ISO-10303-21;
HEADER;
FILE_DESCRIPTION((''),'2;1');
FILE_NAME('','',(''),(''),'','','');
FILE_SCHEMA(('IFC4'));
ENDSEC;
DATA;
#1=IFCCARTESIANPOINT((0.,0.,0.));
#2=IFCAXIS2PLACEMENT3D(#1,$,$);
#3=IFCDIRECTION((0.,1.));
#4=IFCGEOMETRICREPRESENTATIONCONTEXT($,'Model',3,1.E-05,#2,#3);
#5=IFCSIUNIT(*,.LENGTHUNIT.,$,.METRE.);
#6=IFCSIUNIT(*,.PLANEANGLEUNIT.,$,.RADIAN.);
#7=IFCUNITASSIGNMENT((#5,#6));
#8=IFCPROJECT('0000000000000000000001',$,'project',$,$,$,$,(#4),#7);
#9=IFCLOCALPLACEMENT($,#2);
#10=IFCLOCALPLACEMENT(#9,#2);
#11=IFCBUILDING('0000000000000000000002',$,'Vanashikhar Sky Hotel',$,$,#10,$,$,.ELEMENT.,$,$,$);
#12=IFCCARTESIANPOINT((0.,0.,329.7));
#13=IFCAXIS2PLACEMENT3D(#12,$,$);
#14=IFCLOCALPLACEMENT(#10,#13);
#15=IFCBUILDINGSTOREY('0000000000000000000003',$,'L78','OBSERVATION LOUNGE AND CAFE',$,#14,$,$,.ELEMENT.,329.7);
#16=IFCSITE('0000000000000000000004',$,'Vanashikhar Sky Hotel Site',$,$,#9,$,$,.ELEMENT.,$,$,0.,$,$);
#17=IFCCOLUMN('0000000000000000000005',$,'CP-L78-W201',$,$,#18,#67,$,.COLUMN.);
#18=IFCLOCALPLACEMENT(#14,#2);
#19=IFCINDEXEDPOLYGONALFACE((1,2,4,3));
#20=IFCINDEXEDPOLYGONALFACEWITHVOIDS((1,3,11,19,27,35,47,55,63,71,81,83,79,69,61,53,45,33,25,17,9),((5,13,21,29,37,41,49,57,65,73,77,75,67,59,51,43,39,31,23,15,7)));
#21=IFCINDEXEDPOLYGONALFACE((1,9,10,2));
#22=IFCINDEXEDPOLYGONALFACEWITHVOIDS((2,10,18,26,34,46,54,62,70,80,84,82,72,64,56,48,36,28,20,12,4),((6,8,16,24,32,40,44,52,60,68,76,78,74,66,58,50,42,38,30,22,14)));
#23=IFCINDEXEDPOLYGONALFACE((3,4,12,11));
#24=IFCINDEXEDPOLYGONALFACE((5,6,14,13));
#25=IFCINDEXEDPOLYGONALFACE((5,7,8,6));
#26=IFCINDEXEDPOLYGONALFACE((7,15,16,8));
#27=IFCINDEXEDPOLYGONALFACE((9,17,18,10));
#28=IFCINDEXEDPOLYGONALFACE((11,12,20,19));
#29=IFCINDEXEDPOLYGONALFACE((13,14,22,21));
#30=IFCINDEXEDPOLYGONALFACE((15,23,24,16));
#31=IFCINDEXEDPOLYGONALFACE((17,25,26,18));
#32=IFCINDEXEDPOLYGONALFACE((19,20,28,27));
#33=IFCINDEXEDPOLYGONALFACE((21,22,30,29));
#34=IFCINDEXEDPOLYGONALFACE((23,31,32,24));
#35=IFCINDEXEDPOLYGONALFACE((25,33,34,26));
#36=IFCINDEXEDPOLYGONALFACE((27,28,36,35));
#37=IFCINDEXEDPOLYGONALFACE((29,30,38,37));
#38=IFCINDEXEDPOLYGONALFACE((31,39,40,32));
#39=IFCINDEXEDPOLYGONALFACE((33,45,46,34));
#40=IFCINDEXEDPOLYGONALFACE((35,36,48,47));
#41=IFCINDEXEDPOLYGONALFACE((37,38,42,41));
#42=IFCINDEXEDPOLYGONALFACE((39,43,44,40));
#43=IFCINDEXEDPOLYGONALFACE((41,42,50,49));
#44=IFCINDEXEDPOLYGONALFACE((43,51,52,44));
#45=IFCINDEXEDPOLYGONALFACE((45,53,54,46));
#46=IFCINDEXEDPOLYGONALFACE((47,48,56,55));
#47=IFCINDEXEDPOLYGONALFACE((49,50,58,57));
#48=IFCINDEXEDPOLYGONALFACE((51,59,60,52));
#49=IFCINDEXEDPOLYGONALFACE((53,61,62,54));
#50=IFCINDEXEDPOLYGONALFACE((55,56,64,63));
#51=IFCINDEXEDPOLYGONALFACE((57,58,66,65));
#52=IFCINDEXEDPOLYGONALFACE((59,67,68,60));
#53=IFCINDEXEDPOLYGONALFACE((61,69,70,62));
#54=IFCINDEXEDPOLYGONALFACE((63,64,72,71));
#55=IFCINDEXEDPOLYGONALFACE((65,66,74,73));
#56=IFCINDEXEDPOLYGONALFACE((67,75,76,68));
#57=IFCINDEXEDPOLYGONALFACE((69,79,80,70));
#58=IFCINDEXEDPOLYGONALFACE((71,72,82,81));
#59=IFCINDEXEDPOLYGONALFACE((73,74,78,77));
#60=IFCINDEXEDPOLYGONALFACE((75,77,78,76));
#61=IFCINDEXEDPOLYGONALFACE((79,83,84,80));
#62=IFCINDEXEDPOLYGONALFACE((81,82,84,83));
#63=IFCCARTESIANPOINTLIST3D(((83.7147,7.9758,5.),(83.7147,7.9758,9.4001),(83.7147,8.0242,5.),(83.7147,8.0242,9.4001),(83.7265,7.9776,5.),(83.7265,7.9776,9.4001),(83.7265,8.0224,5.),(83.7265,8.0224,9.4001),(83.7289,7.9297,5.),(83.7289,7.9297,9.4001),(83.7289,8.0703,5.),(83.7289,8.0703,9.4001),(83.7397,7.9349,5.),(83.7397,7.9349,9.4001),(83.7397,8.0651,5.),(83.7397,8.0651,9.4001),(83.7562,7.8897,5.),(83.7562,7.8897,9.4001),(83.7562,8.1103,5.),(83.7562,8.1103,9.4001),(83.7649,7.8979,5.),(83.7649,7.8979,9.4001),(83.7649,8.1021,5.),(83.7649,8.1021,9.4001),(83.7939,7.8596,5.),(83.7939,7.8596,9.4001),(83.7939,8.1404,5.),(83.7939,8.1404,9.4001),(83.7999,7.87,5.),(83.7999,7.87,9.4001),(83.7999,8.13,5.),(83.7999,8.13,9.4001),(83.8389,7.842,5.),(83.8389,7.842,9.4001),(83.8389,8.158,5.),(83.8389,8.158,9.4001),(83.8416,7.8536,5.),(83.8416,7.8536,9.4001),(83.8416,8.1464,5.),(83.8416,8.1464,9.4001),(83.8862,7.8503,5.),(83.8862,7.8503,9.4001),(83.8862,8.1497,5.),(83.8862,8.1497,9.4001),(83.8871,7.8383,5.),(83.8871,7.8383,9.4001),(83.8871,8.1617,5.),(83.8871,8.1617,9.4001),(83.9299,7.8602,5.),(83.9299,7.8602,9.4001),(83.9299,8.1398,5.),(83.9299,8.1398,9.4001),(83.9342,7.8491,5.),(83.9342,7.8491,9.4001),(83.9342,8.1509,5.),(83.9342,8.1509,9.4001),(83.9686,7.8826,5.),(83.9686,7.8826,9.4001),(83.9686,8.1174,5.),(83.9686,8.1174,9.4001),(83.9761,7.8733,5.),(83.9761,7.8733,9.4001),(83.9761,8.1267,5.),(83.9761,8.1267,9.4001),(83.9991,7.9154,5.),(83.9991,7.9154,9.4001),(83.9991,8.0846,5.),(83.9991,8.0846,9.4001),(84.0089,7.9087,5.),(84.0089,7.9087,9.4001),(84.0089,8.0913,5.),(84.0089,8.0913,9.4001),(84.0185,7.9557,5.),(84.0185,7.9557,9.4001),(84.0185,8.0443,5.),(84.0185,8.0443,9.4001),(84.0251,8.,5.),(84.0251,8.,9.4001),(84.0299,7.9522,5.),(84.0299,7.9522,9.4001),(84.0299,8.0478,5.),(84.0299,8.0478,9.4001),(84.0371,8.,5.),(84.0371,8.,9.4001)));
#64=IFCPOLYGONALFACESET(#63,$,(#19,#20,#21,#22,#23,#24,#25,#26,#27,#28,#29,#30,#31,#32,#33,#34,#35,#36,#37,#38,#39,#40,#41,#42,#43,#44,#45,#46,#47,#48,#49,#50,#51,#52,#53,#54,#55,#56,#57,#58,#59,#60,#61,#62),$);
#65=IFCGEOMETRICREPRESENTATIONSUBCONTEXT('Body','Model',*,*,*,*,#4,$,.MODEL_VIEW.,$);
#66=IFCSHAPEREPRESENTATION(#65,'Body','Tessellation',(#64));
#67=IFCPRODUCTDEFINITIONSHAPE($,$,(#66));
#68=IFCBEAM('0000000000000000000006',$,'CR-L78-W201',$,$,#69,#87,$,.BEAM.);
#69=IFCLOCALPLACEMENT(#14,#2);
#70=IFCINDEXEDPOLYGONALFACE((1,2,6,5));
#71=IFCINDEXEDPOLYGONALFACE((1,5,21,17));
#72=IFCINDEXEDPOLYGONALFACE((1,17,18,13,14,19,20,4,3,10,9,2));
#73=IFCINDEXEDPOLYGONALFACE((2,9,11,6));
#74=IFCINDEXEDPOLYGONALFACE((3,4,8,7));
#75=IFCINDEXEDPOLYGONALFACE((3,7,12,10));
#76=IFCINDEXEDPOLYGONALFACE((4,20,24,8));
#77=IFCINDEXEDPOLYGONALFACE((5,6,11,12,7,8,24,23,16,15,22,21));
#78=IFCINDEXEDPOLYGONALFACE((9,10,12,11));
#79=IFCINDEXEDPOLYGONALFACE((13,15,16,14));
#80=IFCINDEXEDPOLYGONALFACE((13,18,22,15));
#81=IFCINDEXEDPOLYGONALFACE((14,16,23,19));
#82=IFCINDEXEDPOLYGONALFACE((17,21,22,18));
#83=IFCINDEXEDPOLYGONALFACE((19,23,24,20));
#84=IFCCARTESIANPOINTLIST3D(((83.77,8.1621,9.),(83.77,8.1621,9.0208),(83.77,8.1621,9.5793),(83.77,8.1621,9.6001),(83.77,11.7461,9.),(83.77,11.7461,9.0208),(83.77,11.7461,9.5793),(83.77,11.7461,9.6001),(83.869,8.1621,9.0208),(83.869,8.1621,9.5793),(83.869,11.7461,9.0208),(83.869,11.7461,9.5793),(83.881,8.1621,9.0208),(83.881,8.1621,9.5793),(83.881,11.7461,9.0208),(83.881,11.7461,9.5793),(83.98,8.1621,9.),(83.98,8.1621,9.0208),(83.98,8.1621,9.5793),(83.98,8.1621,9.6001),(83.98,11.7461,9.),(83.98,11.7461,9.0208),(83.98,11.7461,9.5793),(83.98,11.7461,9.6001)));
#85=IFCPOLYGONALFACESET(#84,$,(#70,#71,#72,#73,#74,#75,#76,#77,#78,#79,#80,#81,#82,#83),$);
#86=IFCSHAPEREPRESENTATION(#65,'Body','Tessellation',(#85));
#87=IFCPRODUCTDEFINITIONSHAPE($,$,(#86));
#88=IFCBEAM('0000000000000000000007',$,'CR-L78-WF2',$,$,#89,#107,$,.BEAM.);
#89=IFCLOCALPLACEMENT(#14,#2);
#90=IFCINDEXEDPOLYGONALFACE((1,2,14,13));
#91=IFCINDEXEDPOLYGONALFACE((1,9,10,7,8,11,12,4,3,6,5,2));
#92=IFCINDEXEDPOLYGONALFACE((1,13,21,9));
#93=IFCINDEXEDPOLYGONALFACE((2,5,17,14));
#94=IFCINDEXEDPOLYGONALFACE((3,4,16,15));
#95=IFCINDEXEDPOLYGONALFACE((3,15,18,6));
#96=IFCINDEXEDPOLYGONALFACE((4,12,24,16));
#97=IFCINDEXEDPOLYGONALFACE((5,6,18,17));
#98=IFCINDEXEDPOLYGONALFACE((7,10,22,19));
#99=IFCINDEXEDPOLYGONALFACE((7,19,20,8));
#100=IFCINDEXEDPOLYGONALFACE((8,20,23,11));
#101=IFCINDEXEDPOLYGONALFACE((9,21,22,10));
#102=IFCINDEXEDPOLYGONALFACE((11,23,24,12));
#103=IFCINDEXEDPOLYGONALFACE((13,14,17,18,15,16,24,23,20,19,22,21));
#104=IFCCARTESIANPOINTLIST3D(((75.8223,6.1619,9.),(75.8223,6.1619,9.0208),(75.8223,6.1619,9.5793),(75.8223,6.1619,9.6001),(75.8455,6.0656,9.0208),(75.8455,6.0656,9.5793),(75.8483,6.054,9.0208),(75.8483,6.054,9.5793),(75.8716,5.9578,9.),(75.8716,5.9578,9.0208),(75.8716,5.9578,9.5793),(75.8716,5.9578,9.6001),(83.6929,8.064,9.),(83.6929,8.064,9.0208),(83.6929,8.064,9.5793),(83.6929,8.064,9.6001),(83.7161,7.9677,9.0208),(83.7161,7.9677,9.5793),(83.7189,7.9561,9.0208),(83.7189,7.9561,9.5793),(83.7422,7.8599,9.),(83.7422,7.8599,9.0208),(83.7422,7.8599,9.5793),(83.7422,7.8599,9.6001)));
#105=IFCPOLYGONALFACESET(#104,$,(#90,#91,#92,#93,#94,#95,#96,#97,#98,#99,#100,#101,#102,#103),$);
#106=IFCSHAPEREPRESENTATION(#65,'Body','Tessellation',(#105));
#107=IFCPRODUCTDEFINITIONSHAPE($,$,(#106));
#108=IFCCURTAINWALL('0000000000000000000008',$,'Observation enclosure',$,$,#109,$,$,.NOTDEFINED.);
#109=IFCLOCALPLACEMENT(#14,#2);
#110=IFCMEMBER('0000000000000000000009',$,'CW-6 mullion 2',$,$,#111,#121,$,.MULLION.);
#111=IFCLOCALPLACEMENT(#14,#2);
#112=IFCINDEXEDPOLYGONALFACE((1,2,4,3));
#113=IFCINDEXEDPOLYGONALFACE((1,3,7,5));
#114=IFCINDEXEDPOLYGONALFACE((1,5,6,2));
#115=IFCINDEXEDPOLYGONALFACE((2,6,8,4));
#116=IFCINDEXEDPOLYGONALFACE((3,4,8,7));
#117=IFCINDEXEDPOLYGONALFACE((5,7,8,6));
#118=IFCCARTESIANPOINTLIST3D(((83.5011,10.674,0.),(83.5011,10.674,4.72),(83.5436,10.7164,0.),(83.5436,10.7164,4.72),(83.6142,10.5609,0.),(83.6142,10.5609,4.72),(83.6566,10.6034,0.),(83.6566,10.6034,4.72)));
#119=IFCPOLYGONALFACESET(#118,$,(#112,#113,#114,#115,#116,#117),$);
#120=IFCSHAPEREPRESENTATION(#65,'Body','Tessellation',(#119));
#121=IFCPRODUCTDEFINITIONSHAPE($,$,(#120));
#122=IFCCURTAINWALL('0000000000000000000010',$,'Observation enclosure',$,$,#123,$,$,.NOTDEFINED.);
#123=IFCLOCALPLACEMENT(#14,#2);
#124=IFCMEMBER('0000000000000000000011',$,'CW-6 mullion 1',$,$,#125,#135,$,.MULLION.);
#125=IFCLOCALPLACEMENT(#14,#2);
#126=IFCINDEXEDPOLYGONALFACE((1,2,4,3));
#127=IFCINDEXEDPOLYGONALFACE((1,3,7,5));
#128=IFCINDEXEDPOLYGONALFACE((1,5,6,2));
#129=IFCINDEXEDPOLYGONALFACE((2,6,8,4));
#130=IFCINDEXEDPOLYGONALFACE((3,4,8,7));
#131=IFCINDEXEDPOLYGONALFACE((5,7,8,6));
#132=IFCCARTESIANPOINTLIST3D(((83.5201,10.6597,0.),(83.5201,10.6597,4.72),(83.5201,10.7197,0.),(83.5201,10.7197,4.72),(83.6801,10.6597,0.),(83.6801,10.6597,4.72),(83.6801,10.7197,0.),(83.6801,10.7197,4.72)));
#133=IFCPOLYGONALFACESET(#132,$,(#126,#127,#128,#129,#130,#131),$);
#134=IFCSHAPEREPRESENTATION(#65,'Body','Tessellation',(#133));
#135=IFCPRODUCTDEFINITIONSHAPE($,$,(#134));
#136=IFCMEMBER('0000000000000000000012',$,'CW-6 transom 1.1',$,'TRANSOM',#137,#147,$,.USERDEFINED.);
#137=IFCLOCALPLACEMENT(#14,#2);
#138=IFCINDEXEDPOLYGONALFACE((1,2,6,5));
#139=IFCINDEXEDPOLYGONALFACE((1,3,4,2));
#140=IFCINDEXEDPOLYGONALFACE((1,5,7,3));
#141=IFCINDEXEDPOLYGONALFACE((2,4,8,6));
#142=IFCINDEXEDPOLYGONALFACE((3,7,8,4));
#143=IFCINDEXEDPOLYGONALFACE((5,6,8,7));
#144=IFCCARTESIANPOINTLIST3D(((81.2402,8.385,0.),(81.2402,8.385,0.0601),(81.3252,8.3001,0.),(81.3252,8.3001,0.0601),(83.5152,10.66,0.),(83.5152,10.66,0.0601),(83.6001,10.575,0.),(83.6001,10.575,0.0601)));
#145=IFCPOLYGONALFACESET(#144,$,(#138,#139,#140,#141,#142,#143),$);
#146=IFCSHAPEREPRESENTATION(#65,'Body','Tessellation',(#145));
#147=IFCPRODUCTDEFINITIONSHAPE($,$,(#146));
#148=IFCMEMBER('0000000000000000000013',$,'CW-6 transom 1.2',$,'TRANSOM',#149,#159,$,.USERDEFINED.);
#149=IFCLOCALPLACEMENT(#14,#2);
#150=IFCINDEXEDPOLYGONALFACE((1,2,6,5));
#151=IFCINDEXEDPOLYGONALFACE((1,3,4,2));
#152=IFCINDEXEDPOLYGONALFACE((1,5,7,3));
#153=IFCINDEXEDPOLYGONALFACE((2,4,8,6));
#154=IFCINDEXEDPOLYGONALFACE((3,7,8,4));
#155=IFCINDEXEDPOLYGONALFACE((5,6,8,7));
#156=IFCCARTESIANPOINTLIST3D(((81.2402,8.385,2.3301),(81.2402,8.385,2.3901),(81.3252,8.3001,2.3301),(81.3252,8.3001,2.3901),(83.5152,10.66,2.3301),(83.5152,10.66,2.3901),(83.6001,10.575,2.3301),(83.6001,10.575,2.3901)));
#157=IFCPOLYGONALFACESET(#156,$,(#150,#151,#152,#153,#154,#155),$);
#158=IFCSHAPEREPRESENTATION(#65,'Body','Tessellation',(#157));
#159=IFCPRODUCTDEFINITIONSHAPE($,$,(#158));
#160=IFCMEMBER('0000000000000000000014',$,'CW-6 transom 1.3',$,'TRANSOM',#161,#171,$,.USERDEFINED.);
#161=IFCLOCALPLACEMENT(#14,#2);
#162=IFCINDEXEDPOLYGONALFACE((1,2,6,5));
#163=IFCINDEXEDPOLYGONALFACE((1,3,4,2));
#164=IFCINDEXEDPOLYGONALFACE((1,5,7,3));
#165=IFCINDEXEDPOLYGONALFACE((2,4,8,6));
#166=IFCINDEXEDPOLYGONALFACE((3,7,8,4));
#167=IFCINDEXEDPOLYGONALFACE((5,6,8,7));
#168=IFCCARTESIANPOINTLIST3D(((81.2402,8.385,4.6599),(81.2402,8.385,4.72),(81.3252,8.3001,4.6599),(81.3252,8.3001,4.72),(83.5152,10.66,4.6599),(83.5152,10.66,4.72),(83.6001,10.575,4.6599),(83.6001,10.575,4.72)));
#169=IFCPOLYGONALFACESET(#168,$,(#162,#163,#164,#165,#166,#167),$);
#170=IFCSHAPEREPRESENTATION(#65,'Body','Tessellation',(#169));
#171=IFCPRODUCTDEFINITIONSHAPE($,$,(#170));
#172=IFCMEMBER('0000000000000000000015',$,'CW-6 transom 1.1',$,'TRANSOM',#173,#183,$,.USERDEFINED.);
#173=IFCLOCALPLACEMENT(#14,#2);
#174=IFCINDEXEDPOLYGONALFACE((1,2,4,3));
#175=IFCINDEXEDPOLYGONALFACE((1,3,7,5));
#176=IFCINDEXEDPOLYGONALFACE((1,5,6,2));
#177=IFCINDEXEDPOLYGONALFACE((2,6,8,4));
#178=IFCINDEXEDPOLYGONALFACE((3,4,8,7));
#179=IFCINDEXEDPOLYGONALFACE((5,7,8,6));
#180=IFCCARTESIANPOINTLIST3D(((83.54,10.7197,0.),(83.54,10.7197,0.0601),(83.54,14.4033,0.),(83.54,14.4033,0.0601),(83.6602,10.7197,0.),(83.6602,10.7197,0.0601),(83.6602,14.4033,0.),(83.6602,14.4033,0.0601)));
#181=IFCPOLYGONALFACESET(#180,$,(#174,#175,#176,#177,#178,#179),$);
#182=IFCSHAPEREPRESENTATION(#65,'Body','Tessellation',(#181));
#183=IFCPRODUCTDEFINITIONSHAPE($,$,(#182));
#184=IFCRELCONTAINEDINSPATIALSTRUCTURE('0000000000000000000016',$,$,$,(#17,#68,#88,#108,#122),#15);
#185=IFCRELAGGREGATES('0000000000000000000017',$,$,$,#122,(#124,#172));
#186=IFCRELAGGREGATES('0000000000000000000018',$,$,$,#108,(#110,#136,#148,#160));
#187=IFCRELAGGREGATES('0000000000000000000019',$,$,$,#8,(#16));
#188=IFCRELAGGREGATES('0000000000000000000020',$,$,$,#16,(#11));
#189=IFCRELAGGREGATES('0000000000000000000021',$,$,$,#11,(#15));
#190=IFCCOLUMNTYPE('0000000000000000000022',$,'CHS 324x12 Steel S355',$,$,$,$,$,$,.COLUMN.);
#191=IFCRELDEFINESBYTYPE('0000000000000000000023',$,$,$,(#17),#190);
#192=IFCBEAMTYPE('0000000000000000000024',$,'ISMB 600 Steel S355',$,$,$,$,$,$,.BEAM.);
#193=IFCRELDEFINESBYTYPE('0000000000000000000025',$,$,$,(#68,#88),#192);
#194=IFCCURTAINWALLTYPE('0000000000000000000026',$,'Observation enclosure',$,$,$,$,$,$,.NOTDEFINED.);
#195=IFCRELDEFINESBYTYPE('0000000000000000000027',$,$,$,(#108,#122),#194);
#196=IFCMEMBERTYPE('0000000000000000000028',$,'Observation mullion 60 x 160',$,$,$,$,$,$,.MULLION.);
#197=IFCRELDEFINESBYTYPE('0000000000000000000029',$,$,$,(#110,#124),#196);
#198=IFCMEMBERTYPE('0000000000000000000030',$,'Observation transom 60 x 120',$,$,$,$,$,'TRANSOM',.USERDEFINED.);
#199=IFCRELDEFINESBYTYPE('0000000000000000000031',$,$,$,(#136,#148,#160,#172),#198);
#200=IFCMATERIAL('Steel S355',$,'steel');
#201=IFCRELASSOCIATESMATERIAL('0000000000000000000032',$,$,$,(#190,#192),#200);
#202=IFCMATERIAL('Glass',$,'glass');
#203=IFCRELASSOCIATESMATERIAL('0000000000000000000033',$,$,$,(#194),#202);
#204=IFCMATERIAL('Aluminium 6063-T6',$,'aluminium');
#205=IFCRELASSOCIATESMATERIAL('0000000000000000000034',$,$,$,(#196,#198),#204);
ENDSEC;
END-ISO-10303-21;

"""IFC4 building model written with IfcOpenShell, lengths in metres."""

from ifc_helpers import new_model, si_unit, direction, frame, origin, origin_2d, place, context, subcontext, project, spatial, rectangle, hollow_circle, i_section, extrude, source, transform, mapped, material, material_profile, profile_set, type_object, element, aggregate, save


model = new_model("IFC4")

# Units and contexts
model_context = context("Model", 3, precision=1e-05, world=origin(), true_north=direction((0.0, 1.0)))
body_context = subcontext(model_context, "Body", "Model", "MODEL_VIEW")
ifc_project = project(units=[si_unit("LENGTHUNIT", "METRE"), si_unit("PLANEANGLEUNIT", "RADIAN")], contexts=[model_context])

# Site, building, storey
site_placement = place(None, origin())
site = spatial("IfcSite", under=ifc_project, at=site_placement, Name="Vanashikhar Sky Hotel Site", CompositionType="ELEMENT", RefElevation=0.0)
building_placement = place(site_placement, origin())
building = spatial("IfcBuilding", under=site, at=building_placement, Name="Vanashikhar Sky Hotel", CompositionType="ELEMENT")
storey_placement = place(building_placement, frame((0.0, 0.0, 329.7)))
storey = spatial("IfcBuildingStorey", under=building, at=storey_placement, Name="L78", Description="OBSERVATION LOUNGE AND CAFE", CompositionType="ELEMENT", Elevation=329.7)

# Column
ifc_material_1 = material(Name="Steel S355", Category="steel")
ifc_material_profile_1 = material_profile(ifc_material_1, hollow_circle(Radius=0.1621, WallThickness=0.012, at=origin_2d()))
ifc_profile_set_1 = profile_set([ifc_material_profile_1], Name="CHS 324x12 Steel S355")
column_type = type_object("IfcColumnType", Name="CHS 324x12 Steel S355", PredefinedType="COLUMN", material=ifc_profile_set_1)
shared_shape_1 = source(origin(), body_context, "Body", "SweptSolid", [
    extrude(hollow_circle(Radius=0.1621, WallThickness=0.012, at=origin_2d()), origin(), (0.0, 0.0, 1.0), 4.4001),
])
column_placement = place(storey_placement, frame((83.875, 8.0, 5.0), z_axis=(0.0, 0.0, 1.0), x_axis=(1.0, 0.0, 0.0)))
element("IfcColumn", 1, at=column_placement, inside=storey, type_object=column_type, Name="CP-L78-W201", PredefinedType="COLUMN", context=body_context, shape_type="MappedRepresentation", body=[
    mapped(shared_shape_1, transform((0.0, 0.0, 0.0), scale=1.0)),
])

# Beams
ifc_material_profile_2 = material_profile(ifc_material_1, i_section(OverallWidth=0.21, OverallDepth=0.6001, WebThickness=0.012, FlangeThickness=0.0208, at=origin_2d()), Name="ISMB 600")
ifc_profile_set_2 = profile_set([ifc_material_profile_2], Name="Steel S355")
beam_type = type_object("IfcBeamType", Name="ISMB 600 Steel S355", PredefinedType="BEAM", material=ifc_profile_set_2)
shared_shape_2 = source(origin(), body_context, "Body", "SweptSolid", [
    extrude(i_section(OverallWidth=0.21, OverallDepth=0.6001, WebThickness=0.012, FlangeThickness=0.0208, at=origin_2d()), origin(), (0.0, 0.0, 1.0), 3.584),
])
beam_1_placement = place(storey_placement, frame((83.875, 8.1621, 9.3), z_axis=(0.0, 1.0, 0.0), x_axis=(-1.0, 0.0, 0.0)))
element("IfcBeam", 2, at=beam_1_placement, inside=storey, type_object=beam_type, Name="CR-L78-W201", PredefinedType="BEAM", context=body_context, shape_type="MappedRepresentation", body=[
    mapped(shared_shape_2, transform((0.0, 0.0, 0.0), scale=1.0)),
])
shared_shape_3 = source(origin(), body_context, "Body", "SweptSolid", [
    extrude(i_section(OverallWidth=0.21, OverallDepth=0.6001, WebThickness=0.012, FlangeThickness=0.0208, at=origin_2d()), origin(), (0.0, 0.0, 1.0), 8.0972),
])
beam_2_placement = place(storey_placement, frame((83.7175, 7.9619, 9.3), z_axis=(-0.972017, -0.234909, 0.0), x_axis=(0.234909, -0.972017, 0.0)))
element("IfcBeam", 3, at=beam_2_placement, inside=storey, type_object=beam_type, Name="CR-L78-WF2", PredefinedType="BEAM", context=body_context, shape_type="MappedRepresentation", body=[
    mapped(shared_shape_3, transform((0.0, 0.0, 0.0), scale=1.0)),
])

# Curtain walls, members
ifc_material_2 = material(Name="Glass", Category="glass")
curtain_wall_type = type_object("IfcCurtainWallType", Name="Observation enclosure", PredefinedType="NOTDEFINED", material=ifc_material_2)
curtain_wall_1_placement = place(storey_placement, origin())
curtain_wall_1 = element("IfcCurtainWall", 4, at=curtain_wall_1_placement, inside=storey, type_object=curtain_wall_type, Name="Observation enclosure", PredefinedType="NOTDEFINED")
ifc_material_3 = material(Name="Aluminium 6063-T6", Category="aluminium")
ifc_material_profile_3 = material_profile(ifc_material_3, rectangle(XDim=0.1599, YDim=0.0601, at=origin_2d()))
ifc_profile_set_3 = profile_set([ifc_material_profile_3], Name="Aluminium 6063-T6")
member_type_1 = type_object("IfcMemberType", Name="Observation mullion 60 x 160", PredefinedType="MULLION", material=ifc_profile_set_3)
shared_shape_4 = source(origin(), body_context, "Body", "SweptSolid", [
    extrude(rectangle(XDim=0.1599, YDim=0.0601, at=origin_2d()), origin(), (0.0, 0.0, 1.0), 4.72),
])
member_1_placement = place(storey_placement, frame((83.5789, 10.6387, 0.0), z_axis=(0.0, 0.0, 1.0), x_axis=(-0.707107, 0.707107, 0.0)))
member_1 = element("IfcMember", 5, at=member_1_placement, type_object=member_type_1, Name="CW-6 mullion 2", PredefinedType="MULLION", context=body_context, shape_type="MappedRepresentation", body=[
    mapped(shared_shape_4, transform((0.0, 0.0, 0.0), scale=1.0)),
])
curtain_wall_2_placement = place(storey_placement, origin())
curtain_wall_2 = element("IfcCurtainWall", 6, at=curtain_wall_2_placement, inside=storey, type_object=curtain_wall_type, Name="Observation enclosure", PredefinedType="NOTDEFINED")
member_2_placement = place(storey_placement, frame((83.6001, 10.6897, 0.0), z_axis=(0.0, 0.0, 1.0), x_axis=(-1.0, 0.0, 0.0)))
member_2 = element("IfcMember", 7, at=member_2_placement, type_object=member_type_1, Name="CW-6 mullion 1", PredefinedType="MULLION", context=body_context, shape_type="MappedRepresentation", body=[
    mapped(shared_shape_4, transform((0.0, 0.0, 0.0), scale=1.0)),
])

# Members
ifc_material_profile_4 = material_profile(ifc_material_3, rectangle(XDim=0.1201, YDim=0.0601, at=origin_2d()))
ifc_profile_set_4 = profile_set([ifc_material_profile_4], Name="Aluminium 6063-T6")
member_type_2 = type_object("IfcMemberType", Name="Observation transom 60 x 120", ElementType="TRANSOM", PredefinedType="USERDEFINED", material=ifc_profile_set_4)
shared_shape_5 = source(origin(), body_context, "Body", "SweptSolid", [
    extrude(rectangle(XDim=0.1201, YDim=0.0601, at=origin_2d()), origin(), (0.0, 0.0, 1.0), 3.2173),
])
member_3_placement = place(storey_placement, frame((81.2827, 8.3425, 0.03), z_axis=(0.707107, 0.707107, 0.0), x_axis=(-0.707107, 0.707107, 0.0)))
member_3 = element("IfcMember", 8, at=member_3_placement, type_object=member_type_2, Name="CW-6 transom 1.1", ObjectType="TRANSOM", PredefinedType="USERDEFINED", context=body_context, shape_type="MappedRepresentation", body=[
    mapped(shared_shape_5, transform((0.0, 0.0, 0.0), scale=1.0)),
])
member_4_placement = place(storey_placement, frame((81.2827, 8.3425, 2.3601), z_axis=(0.707107, 0.707107, 0.0), x_axis=(-0.707107, 0.707107, 0.0)))
member_4 = element("IfcMember", 9, at=member_4_placement, type_object=member_type_2, Name="CW-6 transom 1.2", ObjectType="TRANSOM", PredefinedType="USERDEFINED", context=body_context, shape_type="MappedRepresentation", body=[
    mapped(shared_shape_5, transform((0.0, 0.0, 0.0), scale=1.0)),
])
member_5_placement = place(storey_placement, frame((81.2827, 8.3425, 4.6899), z_axis=(0.707107, 0.707107, 0.0), x_axis=(-0.707107, 0.707107, 0.0)))
member_5 = element("IfcMember", 10, at=member_5_placement, type_object=member_type_2, Name="CW-6 transom 1.3", ObjectType="TRANSOM", PredefinedType="USERDEFINED", context=body_context, shape_type="MappedRepresentation", body=[
    mapped(shared_shape_5, transform((0.0, 0.0, 0.0), scale=1.0)),
])
shared_shape_6 = source(origin(), body_context, "Body", "SweptSolid", [
    extrude(rectangle(XDim=0.1201, YDim=0.0601, at=origin_2d()), origin(), (0.0, 0.0, 1.0), 3.6836),
])
member_6_placement = place(storey_placement, frame((83.6001, 10.7197, 0.03), z_axis=(0.0, 1.0, 0.0), x_axis=(-1.0, 0.0, 0.0)))
member_6 = element("IfcMember", 11, at=member_6_placement, type_object=member_type_2, Name="CW-6 transom 1.1", ObjectType="TRANSOM", PredefinedType="USERDEFINED", context=body_context, shape_type="MappedRepresentation", body=[
    mapped(shared_shape_6, transform((0.0, 0.0, 0.0), scale=1.0)),
])
aggregate(curtain_wall_2, [member_2, member_6])

aggregate(curtain_wall_1, [member_1, member_3, member_4, member_5])

save(model, "model.ifc")
